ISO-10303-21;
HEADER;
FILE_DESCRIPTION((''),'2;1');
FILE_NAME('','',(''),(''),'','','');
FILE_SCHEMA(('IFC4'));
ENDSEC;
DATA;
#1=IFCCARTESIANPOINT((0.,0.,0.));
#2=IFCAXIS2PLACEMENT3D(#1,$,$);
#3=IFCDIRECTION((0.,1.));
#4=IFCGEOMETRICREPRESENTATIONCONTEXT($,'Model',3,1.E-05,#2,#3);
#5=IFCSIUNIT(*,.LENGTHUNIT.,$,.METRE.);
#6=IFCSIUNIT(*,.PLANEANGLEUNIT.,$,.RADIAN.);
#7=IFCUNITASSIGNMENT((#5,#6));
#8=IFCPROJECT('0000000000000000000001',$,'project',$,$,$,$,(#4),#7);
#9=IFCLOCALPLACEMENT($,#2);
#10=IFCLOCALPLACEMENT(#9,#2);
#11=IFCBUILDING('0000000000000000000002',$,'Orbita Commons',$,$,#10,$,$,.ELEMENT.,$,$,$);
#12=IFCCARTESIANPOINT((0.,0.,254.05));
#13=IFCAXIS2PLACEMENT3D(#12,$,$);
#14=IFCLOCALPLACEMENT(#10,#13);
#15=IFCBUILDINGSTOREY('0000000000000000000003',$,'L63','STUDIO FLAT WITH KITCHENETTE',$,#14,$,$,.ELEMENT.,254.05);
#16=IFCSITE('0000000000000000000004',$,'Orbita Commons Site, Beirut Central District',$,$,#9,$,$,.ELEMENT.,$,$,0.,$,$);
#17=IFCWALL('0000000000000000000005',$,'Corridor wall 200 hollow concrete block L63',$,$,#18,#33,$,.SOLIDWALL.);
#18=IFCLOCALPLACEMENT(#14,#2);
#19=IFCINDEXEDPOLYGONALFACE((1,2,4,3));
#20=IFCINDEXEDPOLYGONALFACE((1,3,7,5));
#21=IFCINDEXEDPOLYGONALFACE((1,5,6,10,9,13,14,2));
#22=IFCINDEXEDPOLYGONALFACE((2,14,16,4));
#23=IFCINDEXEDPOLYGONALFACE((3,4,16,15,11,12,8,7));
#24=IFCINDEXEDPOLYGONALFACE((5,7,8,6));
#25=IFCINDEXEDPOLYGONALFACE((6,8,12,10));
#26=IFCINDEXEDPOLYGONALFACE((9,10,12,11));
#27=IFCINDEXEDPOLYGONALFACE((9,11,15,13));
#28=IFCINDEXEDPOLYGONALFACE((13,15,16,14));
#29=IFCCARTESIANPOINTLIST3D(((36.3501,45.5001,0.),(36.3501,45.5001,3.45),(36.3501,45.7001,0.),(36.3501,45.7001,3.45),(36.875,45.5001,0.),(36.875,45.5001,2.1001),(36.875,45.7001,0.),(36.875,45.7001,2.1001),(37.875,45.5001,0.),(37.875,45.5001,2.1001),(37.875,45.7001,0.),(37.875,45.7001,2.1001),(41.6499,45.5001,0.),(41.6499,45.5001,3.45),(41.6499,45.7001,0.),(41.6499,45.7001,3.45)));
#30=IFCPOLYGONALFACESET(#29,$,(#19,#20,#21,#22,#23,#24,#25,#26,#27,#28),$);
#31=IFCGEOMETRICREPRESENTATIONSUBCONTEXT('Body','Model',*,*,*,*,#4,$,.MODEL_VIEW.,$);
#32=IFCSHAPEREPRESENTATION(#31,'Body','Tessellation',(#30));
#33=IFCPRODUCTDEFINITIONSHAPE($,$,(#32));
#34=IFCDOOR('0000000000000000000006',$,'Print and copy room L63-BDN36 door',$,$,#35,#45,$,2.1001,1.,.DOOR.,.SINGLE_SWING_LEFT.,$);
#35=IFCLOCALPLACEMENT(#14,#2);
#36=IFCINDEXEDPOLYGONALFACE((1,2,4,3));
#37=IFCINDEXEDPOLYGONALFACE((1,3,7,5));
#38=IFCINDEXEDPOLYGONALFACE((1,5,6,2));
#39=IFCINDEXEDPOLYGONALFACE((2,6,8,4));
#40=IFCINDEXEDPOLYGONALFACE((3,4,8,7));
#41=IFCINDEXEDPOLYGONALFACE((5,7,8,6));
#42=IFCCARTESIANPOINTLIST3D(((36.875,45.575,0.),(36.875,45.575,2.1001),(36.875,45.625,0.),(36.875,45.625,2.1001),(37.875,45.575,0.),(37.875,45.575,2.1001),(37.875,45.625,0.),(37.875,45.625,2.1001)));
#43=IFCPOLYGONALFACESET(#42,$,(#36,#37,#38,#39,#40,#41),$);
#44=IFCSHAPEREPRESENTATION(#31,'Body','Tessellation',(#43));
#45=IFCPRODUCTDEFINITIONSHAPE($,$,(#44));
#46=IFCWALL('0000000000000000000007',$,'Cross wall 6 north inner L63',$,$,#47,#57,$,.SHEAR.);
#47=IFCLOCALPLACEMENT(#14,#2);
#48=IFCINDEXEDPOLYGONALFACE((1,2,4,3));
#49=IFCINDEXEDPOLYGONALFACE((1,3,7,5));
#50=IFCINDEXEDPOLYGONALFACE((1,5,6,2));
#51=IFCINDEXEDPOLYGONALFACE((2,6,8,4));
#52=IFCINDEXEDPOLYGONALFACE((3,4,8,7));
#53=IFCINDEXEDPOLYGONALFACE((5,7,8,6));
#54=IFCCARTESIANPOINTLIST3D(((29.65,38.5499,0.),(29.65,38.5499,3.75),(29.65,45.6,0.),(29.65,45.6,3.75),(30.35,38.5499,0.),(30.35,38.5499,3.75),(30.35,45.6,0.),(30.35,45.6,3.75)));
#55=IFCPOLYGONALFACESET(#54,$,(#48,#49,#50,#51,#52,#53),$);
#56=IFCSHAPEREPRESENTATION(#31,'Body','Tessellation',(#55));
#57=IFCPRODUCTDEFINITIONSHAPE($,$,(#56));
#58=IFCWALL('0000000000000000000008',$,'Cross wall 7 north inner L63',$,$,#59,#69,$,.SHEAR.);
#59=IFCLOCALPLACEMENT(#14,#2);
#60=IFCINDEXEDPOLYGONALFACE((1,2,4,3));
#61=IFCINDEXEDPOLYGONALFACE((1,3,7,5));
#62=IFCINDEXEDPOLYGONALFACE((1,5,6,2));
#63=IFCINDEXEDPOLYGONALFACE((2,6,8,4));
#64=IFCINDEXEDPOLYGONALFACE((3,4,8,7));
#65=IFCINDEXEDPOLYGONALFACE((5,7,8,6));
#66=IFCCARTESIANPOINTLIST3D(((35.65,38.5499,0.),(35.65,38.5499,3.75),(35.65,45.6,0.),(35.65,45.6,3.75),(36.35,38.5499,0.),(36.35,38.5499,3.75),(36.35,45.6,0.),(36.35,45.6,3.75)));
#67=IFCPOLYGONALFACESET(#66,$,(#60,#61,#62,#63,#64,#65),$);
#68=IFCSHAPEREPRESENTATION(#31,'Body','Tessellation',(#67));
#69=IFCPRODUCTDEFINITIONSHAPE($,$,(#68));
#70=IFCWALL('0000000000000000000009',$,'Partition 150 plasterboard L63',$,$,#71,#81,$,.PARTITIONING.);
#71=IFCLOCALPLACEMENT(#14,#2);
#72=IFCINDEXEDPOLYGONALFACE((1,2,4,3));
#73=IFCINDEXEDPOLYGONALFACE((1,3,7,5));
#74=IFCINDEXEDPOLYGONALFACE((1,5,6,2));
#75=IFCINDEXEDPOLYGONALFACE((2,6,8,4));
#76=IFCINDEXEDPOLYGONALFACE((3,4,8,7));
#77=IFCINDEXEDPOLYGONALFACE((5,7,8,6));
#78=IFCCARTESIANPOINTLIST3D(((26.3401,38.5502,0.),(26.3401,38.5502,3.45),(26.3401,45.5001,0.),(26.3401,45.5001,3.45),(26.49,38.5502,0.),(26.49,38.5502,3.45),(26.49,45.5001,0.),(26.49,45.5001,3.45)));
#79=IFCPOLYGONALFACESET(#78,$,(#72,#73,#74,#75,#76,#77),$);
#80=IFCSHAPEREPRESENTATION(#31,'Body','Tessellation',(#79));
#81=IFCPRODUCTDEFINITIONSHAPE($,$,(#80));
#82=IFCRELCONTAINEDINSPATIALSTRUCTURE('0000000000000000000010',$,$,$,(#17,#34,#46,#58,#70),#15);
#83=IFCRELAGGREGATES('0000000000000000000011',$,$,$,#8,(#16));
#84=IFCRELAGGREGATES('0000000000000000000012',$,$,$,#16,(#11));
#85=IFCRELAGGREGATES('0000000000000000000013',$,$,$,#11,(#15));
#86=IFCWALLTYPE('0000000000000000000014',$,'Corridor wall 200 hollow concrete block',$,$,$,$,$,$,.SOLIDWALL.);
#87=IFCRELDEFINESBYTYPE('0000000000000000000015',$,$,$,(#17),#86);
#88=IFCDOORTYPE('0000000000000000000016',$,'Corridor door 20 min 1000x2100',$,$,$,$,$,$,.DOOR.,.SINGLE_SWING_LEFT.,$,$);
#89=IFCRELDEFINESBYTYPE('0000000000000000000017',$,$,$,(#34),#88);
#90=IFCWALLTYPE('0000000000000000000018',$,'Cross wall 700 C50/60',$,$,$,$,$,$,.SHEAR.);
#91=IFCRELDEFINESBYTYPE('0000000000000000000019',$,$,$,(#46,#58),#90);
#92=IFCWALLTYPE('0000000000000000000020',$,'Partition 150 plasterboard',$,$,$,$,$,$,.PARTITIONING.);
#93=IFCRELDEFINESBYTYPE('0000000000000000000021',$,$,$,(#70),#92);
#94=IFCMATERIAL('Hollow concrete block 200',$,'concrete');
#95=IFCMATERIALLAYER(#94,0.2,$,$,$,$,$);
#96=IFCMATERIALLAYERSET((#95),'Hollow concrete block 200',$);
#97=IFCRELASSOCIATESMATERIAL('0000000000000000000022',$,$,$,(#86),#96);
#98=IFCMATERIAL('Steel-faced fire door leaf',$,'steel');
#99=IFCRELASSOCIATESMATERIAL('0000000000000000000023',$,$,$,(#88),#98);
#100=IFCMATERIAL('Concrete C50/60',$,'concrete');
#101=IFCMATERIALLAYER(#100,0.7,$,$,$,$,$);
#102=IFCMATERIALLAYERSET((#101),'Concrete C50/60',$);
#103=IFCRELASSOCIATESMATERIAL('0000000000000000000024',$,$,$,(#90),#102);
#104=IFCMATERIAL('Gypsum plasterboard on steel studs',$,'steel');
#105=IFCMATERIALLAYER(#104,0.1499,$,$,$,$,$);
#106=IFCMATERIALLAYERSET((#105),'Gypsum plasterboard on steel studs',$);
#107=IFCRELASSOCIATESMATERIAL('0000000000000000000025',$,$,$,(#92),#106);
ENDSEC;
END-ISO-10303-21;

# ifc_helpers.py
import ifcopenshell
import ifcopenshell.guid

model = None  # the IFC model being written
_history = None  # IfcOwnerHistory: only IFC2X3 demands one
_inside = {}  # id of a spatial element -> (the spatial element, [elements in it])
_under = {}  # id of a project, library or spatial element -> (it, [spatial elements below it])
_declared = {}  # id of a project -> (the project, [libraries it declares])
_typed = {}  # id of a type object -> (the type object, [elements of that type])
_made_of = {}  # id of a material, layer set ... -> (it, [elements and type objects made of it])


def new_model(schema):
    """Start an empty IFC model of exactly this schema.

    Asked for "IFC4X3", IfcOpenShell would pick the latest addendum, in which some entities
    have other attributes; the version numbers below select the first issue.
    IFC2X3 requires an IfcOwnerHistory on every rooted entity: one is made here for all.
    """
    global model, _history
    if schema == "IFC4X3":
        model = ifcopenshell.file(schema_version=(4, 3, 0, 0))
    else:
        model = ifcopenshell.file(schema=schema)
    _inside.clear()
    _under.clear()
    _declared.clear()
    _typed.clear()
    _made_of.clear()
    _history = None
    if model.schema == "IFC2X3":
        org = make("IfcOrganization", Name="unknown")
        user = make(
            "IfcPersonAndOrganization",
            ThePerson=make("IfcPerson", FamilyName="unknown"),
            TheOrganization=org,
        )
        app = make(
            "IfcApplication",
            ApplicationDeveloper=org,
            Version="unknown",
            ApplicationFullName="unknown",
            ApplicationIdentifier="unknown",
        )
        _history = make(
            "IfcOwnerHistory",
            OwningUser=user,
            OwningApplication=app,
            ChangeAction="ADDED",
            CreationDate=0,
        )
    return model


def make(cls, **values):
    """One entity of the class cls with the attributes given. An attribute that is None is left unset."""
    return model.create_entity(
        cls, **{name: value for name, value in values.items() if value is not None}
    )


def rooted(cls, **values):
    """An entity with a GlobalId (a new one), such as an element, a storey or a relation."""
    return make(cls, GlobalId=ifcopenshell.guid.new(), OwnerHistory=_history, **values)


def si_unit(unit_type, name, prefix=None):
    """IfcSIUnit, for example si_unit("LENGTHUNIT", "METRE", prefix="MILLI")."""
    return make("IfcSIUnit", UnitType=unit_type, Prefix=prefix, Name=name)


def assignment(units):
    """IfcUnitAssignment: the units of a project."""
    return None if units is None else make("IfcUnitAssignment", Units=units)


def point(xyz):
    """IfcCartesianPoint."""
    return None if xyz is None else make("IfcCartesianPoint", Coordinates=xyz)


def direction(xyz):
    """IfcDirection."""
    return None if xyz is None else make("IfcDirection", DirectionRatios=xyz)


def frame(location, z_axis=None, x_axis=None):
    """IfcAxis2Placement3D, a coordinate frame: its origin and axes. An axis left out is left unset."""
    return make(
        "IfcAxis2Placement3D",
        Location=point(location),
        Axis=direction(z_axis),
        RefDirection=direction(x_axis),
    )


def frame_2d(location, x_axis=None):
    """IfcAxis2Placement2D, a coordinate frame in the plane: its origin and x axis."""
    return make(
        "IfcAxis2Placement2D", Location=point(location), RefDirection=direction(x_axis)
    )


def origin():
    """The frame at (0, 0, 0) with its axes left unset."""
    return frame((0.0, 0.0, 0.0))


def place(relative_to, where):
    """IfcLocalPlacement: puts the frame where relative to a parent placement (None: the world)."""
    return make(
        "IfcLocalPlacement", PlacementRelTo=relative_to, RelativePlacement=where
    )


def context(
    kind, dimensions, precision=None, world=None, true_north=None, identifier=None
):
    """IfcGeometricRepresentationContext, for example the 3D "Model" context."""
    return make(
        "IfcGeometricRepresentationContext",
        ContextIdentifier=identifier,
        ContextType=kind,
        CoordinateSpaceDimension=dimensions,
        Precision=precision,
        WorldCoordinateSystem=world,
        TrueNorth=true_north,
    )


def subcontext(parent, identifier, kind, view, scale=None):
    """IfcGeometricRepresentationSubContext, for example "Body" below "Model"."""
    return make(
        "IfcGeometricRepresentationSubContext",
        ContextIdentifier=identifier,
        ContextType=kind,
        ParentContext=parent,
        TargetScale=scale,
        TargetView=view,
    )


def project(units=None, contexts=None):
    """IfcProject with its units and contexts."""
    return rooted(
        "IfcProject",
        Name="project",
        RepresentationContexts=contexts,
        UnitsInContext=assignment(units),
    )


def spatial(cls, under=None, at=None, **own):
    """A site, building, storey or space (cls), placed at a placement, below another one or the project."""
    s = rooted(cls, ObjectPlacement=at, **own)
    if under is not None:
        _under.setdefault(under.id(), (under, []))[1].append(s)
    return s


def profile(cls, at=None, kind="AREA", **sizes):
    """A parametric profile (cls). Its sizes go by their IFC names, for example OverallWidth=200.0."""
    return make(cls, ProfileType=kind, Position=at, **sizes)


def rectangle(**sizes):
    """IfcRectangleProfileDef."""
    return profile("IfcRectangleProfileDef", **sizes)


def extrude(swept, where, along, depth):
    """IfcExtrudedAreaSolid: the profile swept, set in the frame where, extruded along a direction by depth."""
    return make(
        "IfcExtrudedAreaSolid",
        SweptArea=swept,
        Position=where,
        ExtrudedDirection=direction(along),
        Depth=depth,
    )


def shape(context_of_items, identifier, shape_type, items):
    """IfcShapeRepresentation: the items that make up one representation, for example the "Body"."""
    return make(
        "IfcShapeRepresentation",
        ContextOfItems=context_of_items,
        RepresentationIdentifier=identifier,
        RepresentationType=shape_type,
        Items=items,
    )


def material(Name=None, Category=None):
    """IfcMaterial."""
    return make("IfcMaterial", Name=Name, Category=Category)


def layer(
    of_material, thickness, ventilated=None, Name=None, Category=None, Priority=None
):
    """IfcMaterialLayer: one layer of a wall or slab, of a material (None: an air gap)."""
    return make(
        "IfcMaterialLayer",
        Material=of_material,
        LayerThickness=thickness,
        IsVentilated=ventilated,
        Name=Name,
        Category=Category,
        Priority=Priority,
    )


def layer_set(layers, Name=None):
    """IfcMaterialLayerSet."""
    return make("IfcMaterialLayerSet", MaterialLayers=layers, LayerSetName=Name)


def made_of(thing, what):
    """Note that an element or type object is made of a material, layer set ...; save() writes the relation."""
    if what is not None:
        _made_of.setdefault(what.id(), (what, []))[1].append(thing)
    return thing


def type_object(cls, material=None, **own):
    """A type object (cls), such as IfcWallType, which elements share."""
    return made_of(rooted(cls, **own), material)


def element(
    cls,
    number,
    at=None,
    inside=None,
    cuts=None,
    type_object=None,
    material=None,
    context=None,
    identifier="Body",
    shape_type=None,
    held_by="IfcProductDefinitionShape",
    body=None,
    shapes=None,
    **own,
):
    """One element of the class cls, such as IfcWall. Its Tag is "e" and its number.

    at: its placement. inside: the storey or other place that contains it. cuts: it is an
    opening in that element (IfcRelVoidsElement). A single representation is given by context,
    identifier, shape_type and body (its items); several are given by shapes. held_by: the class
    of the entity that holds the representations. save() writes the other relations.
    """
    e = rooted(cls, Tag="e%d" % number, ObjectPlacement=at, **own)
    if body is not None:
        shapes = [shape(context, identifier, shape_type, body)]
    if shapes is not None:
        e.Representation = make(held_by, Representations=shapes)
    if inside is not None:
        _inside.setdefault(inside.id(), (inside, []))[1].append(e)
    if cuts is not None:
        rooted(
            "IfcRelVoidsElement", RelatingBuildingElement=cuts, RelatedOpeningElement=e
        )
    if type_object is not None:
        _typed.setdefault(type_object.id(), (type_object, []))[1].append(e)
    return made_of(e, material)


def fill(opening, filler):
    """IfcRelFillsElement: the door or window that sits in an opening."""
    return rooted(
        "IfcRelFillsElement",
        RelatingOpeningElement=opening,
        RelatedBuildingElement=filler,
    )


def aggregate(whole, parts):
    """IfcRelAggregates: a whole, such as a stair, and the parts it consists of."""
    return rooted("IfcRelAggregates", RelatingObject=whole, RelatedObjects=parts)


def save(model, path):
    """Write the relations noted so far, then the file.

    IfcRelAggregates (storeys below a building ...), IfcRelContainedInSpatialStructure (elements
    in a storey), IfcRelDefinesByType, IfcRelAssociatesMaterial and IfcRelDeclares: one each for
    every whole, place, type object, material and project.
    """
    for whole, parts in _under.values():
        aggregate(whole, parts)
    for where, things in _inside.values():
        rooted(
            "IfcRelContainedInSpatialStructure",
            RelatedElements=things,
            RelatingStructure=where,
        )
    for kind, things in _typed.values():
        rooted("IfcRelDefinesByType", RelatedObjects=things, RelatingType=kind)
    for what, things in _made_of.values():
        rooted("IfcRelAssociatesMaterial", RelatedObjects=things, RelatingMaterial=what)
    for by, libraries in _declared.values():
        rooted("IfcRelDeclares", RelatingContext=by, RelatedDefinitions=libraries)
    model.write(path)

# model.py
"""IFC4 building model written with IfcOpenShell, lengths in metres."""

from ifc_helpers import new_model, si_unit, direction, frame, frame_2d, origin, place, context, subcontext, project, spatial, rectangle, extrude, material, layer, layer_set, type_object, element, fill, save


model = new_model("IFC4")

# Units and contexts
model_context = context("Model", 3, precision=1e-05, world=origin(), true_north=direction((0.0, 1.0)))
body_context = subcontext(model_context, "Body", "Model", "MODEL_VIEW")
ifc_project = project(units=[si_unit("LENGTHUNIT", "METRE"), si_unit("PLANEANGLEUNIT", "RADIAN")], contexts=[model_context])

# Site, building, storey
site_placement = place(None, origin())
site = spatial("IfcSite", under=ifc_project, at=site_placement, Name="Orbita Commons Site, Beirut Central District", CompositionType="ELEMENT", RefElevation=0.0)
building_placement = place(site_placement, origin())
building = spatial("IfcBuilding", under=site, at=building_placement, Name="Orbita Commons", CompositionType="ELEMENT")
storey_placement = place(building_placement, frame((0.0, 0.0, 254.05)))
storey = spatial("IfcBuildingStorey", under=building, at=storey_placement, Name="L63", Description="STUDIO FLAT WITH KITCHENETTE", CompositionType="ELEMENT", Elevation=254.05)

# Wall, opening, door
ifc_material_1 = material(Name="Hollow concrete block 200", Category="concrete")
ifc_layer_1 = layer(ifc_material_1, 0.2)
ifc_layer_set_1 = layer_set([ifc_layer_1], Name="Hollow concrete block 200")
wall_type_1 = type_object("IfcWallType", Name="Corridor wall 200 hollow concrete block", PredefinedType="SOLIDWALL", material=ifc_layer_set_1)
ifc_material_2 = material(Name="Steel-faced fire door leaf", Category="steel")
door_type_1 = type_object("IfcDoorType", Name="Corridor door 20 min 1000x2100", OperationType="SINGLE_SWING_LEFT", PredefinedType="DOOR", material=ifc_material_2)
wall_1_placement = place(storey_placement, frame((36.3501, 45.6001, 0.0), z_axis=(0.0, 0.0, 1.0), x_axis=(1.0, 0.0, 0.0)))
wall_1 = element("IfcWall", 1, at=wall_1_placement, inside=storey, type_object=wall_type_1, Name="Corridor wall 200 hollow concrete block L63", PredefinedType="SOLIDWALL", context=body_context, shape_type="SweptSolid", body=[
    extrude(rectangle(XDim=5.2998, YDim=0.2, at=frame_2d((2.6499, 0.0))), origin(), (0.0, 0.0, 1.0), 3.45),
])
opening_1_placement = place(wall_1_placement, frame((0.5249, 0.0, 0.0)))
opening_1 = element("IfcOpeningElement", 2, at=opening_1_placement, cuts=wall_1, PredefinedType="OPENING", context=body_context, shape_type="SweptSolid", body=[
    extrude(rectangle(XDim=1.0, YDim=2.1001, at=frame_2d((0.5, 1.05))), frame((0.0, 0.1099, 0.0), z_axis=(0.0, -1.0, 0.0), x_axis=(1.0, 0.0, 0.0)), (0.0, 0.0, 1.0), 0.22),
])
door_1_placement = place(opening_1_placement, origin())
door_1 = element("IfcDoor", 3, at=door_1_placement, inside=storey, type_object=door_type_1, Name="Print and copy room L63-BDN36 door", OperationType="SINGLE_SWING_LEFT", OverallHeight=2.1001, OverallWidth=1.0, PredefinedType="DOOR", context=body_context, shape_type="SweptSolid", body=[
    extrude(rectangle(XDim=1.0, YDim=2.1001, at=frame_2d((0.5, 1.05))), frame((0.0, 0.0249, 0.0), z_axis=(0.0, -1.0, 0.0), x_axis=(1.0, 0.0, 0.0)), (0.0, 0.0, 1.0), 0.05),
])
fill(opening_1, door_1)

# Walls
ifc_material_3 = material(Name="Concrete C50/60", Category="concrete")
ifc_layer_2 = layer(ifc_material_3, 0.7)
ifc_layer_set_2 = layer_set([ifc_layer_2], Name="Concrete C50/60")
wall_type_2 = type_object("IfcWallType", Name="Cross wall 700 C50/60", PredefinedType="SHEAR", material=ifc_layer_set_2)
for number, where, z_axis, x_axis, name in (
    (4, (30.0, 38.55, 0.0), (0.0, 0.0, 1.0), (0.0, 1.0, 0.0), "Cross wall 6 north inner L63"),
    (5, (36.0, 38.55, 0.0), (0.0, 0.0, 1.0), (0.0, 1.0, 0.0), "Cross wall 7 north inner L63"),
):
    element("IfcWall", number, at=place(storey_placement, frame(where, z_axis=z_axis, x_axis=x_axis)), inside=storey, type_object=wall_type_2, Name=name, PredefinedType="SHEAR", context=body_context, shape_type="SweptSolid", body=[
        extrude(rectangle(XDim=7.05, YDim=0.7, at=frame_2d((3.5249, 0.0))), origin(), (0.0, 0.0, 1.0), 3.75),
    ])
ifc_material_4 = material(Name="Gypsum plasterboard on steel studs", Category="steel")
ifc_layer_3 = layer(ifc_material_4, 0.1499)
ifc_layer_set_3 = layer_set([ifc_layer_3], Name="Gypsum plasterboard on steel studs")
wall_type_3 = type_object("IfcWallType", Name="Partition 150 plasterboard", PredefinedType="PARTITIONING", material=ifc_layer_set_3)
wall_2_placement = place(storey_placement, frame((26.415, 38.55, 0.0), z_axis=(0.0, 0.0, 1.0), x_axis=(0.0, 1.0, 0.0)))
element("IfcWall", 6, at=wall_2_placement, inside=storey, type_object=wall_type_3, Name="Partition 150 plasterboard L63", PredefinedType="PARTITIONING", context=body_context, shape_type="SweptSolid", body=[
    extrude(rectangle(XDim=6.95, YDim=0.1499, at=frame_2d((3.4751, 0.0))), origin(), (0.0, 0.0, 1.0), 3.45),
])

save(model, "model.ifc")
